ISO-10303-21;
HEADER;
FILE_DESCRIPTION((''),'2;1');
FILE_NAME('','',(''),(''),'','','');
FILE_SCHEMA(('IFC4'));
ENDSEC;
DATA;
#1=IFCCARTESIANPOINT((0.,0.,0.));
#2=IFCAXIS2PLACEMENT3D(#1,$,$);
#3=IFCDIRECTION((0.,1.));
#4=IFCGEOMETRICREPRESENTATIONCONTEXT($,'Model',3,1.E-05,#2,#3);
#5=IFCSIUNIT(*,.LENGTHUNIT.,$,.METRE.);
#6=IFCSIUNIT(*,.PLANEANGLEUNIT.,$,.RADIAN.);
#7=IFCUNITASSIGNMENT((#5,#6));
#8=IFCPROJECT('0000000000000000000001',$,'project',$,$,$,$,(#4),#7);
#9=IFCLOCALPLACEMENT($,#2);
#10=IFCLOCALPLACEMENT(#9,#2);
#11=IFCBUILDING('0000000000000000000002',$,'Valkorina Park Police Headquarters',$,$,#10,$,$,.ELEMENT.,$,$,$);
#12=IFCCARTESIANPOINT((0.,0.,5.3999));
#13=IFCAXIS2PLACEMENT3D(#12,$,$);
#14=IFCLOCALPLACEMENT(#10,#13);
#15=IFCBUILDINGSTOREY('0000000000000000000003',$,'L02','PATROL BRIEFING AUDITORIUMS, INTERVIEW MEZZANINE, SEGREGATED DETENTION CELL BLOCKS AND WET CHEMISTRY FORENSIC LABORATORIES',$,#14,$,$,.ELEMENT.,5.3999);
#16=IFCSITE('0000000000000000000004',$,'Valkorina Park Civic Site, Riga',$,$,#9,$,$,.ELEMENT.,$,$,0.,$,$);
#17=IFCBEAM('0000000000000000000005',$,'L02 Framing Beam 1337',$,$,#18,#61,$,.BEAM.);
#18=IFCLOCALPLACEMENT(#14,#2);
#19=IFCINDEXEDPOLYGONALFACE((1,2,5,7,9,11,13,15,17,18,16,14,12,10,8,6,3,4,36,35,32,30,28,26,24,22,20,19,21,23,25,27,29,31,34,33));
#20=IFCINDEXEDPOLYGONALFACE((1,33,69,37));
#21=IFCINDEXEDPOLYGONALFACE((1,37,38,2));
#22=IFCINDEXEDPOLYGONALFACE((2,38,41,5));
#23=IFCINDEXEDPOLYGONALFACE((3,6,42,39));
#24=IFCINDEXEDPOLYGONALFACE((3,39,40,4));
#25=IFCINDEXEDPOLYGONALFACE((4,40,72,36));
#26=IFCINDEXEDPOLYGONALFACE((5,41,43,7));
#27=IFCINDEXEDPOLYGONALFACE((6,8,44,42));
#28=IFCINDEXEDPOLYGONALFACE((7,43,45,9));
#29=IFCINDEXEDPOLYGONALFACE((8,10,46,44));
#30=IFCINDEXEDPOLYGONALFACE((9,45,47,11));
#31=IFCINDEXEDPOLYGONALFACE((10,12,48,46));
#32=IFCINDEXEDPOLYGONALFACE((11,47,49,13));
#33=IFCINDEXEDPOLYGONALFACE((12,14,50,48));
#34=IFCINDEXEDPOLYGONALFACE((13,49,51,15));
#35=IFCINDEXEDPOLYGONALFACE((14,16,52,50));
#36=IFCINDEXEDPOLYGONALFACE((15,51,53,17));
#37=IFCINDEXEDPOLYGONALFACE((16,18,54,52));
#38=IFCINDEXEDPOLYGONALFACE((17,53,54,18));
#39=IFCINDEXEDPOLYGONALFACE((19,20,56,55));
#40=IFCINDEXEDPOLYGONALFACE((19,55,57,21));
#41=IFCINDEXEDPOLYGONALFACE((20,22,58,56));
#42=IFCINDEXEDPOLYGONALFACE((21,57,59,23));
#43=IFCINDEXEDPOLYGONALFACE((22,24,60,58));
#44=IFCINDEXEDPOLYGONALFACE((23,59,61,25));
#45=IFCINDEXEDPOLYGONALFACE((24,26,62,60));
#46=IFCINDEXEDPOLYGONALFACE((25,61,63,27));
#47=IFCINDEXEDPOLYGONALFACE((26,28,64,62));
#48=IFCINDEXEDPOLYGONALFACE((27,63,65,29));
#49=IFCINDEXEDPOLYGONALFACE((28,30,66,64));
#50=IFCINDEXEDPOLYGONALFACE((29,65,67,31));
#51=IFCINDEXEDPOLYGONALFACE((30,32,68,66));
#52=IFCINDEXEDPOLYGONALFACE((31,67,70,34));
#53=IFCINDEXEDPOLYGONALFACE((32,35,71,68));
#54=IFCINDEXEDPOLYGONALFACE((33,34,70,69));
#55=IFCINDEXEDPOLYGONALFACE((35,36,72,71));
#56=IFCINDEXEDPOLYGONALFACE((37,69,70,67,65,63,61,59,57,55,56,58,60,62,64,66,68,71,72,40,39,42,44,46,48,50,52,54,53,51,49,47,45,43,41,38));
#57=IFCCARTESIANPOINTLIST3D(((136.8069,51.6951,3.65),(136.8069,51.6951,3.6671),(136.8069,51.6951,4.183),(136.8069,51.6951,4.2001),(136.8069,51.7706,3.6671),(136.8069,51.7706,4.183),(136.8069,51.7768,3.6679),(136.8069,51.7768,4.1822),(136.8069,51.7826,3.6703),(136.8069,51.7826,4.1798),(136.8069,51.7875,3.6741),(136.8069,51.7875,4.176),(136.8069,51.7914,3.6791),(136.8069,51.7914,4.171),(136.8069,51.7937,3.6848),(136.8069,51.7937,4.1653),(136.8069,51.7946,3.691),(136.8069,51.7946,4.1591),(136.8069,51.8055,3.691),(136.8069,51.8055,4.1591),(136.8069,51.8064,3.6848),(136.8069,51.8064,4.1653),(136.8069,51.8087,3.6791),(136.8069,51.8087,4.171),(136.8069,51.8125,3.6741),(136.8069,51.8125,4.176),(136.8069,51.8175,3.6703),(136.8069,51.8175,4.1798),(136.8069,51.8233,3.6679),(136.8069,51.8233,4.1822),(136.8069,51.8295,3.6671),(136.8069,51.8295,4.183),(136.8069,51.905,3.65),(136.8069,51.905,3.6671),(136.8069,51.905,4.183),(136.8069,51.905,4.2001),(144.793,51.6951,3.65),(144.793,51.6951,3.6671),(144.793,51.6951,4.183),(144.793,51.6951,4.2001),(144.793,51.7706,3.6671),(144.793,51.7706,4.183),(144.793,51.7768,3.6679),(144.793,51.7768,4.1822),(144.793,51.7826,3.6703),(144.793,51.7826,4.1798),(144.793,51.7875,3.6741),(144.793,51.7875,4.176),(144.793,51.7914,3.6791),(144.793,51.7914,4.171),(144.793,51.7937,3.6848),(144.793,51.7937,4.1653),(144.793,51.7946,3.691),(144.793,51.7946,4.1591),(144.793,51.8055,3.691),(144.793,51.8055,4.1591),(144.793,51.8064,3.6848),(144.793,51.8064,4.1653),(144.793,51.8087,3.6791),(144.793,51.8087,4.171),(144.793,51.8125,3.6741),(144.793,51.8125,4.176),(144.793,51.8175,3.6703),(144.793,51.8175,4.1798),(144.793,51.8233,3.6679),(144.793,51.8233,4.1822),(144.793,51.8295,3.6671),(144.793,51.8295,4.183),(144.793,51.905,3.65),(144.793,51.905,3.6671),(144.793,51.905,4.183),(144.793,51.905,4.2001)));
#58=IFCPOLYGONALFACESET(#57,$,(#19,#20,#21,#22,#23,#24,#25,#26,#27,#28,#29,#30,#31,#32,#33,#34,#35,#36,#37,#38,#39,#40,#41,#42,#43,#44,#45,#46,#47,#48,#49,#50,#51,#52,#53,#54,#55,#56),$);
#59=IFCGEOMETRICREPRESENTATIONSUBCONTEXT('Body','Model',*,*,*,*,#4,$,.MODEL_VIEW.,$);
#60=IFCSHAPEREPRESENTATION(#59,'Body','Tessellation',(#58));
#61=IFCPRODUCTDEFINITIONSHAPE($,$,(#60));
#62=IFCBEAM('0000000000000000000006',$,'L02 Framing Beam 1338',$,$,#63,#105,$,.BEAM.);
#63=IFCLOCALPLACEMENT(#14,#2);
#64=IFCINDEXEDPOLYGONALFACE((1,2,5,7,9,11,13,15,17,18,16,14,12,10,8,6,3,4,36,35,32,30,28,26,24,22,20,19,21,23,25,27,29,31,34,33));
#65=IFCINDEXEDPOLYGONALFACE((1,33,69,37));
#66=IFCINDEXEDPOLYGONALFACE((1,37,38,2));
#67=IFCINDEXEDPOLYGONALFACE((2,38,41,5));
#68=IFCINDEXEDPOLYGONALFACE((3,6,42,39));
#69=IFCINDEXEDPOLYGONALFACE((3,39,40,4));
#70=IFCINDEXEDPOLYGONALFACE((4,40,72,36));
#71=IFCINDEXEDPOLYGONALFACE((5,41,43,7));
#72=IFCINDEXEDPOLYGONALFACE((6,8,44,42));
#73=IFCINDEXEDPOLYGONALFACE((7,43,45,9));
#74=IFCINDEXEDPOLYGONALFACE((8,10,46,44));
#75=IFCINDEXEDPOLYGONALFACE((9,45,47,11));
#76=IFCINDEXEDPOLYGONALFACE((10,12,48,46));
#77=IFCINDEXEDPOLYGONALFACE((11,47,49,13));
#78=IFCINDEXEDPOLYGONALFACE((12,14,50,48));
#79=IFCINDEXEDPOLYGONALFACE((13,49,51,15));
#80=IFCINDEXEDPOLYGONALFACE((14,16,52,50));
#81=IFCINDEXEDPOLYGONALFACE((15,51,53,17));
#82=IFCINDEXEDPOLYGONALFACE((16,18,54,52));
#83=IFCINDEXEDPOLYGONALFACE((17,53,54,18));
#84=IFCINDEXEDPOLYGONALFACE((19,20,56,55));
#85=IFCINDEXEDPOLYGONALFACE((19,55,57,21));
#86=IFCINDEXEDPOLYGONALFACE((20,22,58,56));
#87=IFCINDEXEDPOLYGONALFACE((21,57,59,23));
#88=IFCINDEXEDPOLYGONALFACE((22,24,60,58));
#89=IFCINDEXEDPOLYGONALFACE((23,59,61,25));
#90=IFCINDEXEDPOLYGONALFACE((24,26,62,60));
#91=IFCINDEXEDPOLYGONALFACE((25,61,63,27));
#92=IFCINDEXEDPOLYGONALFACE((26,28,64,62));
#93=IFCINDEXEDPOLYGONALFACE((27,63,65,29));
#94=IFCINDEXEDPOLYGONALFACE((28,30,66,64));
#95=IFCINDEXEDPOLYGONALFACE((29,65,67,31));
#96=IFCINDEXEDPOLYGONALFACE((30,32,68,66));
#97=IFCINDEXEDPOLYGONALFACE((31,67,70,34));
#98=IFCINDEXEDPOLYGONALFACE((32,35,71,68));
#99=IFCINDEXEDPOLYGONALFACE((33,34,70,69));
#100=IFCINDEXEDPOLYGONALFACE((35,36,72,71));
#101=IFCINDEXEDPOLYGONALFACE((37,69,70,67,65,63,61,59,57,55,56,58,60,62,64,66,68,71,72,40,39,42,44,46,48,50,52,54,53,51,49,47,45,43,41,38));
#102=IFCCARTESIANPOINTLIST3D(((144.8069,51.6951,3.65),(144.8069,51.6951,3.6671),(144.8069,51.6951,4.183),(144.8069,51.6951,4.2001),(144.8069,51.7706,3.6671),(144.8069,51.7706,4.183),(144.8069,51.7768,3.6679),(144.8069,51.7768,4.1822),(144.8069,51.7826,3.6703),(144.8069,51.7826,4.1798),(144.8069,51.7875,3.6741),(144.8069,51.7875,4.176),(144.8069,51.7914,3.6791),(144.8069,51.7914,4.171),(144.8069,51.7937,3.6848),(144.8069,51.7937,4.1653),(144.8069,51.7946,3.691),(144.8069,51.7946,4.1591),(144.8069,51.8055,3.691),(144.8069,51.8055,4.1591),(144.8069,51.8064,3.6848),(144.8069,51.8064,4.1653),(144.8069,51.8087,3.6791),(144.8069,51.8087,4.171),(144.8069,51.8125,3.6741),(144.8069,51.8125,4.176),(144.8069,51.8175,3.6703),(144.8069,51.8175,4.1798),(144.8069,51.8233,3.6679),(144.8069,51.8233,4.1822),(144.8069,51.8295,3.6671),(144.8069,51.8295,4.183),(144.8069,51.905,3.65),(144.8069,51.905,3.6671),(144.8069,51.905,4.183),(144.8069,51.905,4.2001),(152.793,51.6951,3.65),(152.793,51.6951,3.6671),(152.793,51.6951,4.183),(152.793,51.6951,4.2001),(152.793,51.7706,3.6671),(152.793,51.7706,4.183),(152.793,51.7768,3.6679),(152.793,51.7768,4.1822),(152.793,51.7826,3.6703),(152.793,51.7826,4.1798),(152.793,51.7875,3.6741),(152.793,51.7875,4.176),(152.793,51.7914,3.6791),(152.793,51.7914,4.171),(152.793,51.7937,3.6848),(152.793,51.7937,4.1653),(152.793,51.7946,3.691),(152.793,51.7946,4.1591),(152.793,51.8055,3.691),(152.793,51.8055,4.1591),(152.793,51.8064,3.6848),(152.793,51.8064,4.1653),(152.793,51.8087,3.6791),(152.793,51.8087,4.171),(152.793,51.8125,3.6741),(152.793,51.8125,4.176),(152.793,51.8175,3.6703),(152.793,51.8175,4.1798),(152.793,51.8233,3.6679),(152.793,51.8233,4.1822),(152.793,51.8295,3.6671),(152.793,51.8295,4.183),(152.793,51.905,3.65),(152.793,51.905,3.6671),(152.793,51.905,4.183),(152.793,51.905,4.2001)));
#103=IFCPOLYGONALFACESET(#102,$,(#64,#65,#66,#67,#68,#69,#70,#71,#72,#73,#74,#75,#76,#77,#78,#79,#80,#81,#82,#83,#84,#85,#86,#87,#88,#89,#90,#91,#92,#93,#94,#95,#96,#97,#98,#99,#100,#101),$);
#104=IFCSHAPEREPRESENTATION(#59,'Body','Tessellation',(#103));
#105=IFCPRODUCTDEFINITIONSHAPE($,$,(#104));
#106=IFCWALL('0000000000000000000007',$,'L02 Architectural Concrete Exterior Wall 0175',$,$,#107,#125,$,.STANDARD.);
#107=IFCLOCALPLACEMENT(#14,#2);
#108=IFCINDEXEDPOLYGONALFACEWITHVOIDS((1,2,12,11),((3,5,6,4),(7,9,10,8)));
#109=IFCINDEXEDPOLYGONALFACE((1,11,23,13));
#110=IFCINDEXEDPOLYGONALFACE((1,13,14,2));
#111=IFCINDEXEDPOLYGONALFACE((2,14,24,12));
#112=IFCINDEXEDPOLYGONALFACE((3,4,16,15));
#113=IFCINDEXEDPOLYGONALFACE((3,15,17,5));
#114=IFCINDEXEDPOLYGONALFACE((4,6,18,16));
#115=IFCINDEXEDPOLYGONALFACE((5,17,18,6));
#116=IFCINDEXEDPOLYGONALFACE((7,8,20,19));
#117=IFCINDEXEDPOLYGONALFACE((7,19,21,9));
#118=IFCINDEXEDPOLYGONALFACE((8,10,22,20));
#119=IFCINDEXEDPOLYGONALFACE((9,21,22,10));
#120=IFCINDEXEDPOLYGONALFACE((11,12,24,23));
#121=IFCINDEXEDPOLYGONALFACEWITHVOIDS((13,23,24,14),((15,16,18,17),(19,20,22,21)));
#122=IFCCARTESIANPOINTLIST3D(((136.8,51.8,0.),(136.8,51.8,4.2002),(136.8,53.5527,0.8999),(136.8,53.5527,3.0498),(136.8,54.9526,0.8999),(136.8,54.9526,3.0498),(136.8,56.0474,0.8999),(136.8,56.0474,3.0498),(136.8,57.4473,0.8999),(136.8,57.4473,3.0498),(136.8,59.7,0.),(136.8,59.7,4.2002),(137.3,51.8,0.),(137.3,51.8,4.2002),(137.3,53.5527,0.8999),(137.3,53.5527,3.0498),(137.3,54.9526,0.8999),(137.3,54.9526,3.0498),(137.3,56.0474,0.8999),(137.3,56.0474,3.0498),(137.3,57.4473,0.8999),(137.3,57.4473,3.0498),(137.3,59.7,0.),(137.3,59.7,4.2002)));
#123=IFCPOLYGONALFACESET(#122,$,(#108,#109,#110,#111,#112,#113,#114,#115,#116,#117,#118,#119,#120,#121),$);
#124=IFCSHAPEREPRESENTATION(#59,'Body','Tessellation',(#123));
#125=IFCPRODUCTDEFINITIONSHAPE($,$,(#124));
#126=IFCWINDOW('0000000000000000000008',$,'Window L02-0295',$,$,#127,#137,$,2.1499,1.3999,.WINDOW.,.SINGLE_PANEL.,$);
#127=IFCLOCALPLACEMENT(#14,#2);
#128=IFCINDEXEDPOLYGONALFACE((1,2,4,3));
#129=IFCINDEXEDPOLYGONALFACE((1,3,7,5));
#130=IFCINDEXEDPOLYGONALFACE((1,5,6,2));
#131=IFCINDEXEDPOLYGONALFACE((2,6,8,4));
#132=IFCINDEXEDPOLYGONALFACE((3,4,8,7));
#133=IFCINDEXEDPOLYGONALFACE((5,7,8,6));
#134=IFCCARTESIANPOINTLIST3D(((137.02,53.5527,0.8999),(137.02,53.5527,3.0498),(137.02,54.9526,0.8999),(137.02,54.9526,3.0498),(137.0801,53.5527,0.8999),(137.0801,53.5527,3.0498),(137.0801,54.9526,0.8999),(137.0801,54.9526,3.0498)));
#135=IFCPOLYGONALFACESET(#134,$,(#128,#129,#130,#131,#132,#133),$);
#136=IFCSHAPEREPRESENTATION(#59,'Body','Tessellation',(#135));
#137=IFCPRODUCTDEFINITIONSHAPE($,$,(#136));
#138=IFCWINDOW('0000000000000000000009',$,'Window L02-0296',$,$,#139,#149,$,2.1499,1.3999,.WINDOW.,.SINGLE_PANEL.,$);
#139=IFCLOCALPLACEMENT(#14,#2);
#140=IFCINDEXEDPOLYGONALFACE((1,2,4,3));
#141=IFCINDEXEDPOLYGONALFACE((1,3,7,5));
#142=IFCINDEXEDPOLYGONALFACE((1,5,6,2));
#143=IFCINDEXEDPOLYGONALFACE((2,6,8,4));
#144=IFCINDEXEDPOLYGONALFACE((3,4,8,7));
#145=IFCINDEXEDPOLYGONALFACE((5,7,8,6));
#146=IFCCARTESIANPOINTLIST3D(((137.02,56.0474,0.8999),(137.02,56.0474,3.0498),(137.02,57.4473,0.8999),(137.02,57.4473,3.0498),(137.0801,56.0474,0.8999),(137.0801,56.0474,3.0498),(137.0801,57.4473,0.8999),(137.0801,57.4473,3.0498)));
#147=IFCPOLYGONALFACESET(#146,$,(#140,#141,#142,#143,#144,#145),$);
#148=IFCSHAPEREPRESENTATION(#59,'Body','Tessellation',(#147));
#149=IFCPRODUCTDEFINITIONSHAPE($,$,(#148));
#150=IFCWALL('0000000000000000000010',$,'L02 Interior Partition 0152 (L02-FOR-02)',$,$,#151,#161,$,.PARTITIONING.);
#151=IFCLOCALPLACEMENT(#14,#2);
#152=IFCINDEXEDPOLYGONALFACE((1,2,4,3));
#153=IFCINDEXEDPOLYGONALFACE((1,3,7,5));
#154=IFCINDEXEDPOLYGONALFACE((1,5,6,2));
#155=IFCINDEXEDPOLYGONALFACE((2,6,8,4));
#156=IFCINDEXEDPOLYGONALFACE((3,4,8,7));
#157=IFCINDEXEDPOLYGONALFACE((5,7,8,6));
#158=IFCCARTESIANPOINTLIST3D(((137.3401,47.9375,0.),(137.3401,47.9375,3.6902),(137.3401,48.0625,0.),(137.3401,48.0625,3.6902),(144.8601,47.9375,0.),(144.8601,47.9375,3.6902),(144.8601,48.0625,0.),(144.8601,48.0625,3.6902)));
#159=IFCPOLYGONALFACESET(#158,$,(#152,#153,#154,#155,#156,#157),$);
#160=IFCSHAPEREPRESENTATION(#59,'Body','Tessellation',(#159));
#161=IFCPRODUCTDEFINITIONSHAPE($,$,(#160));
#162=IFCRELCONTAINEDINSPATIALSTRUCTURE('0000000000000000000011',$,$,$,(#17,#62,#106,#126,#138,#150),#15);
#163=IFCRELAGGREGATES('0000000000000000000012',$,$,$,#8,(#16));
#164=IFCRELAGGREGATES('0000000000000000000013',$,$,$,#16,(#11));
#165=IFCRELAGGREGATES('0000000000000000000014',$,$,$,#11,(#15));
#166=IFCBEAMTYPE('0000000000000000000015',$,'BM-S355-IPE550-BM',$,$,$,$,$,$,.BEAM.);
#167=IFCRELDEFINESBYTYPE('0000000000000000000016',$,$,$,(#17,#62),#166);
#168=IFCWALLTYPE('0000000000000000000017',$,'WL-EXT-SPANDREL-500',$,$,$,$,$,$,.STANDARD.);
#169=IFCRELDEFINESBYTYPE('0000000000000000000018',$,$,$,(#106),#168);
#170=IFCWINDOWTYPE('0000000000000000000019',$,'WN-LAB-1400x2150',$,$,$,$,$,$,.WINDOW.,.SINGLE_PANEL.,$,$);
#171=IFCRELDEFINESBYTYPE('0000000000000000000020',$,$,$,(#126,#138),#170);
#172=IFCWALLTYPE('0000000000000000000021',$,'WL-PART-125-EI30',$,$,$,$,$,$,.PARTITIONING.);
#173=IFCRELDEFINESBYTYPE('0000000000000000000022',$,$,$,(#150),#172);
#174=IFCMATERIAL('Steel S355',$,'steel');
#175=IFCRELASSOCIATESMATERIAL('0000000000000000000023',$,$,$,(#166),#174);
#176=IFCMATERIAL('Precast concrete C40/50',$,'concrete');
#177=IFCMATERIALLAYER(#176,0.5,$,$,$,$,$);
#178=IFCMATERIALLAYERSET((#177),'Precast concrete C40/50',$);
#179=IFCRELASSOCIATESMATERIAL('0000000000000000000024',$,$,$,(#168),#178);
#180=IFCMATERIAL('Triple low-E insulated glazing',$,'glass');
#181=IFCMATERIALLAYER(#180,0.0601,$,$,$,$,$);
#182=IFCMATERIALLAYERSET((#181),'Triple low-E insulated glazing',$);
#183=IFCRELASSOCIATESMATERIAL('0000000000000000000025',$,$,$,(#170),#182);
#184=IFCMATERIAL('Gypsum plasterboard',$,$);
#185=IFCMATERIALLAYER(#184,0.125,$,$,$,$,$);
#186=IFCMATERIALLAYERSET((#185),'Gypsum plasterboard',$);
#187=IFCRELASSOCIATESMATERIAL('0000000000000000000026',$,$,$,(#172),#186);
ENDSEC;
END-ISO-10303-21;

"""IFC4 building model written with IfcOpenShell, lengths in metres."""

from ifc_helpers import new_model, si_unit, direction, frame, frame_2d, origin, origin_2d, place, context, subcontext, project, spatial, rectangle, i_section, extrude, material, layer, layer_set, material_profile, profile_set, type_object, element, fill, save


model = new_model("IFC4")

# Units and contexts
model_context = context("Model", 3, precision=1e-05, world=origin(), true_north=direction((0.0, 1.0)))
body_context = subcontext(model_context, "Body", "Model", "MODEL_VIEW")
ifc_project = project(units=[si_unit("LENGTHUNIT", "METRE"), si_unit("PLANEANGLEUNIT", "RADIAN")], contexts=[model_context])

# Site, building, storey
site_placement = place(None, origin())
site = spatial("IfcSite", under=ifc_project, at=site_placement, Name="Valkorina Park Civic Site, Riga", CompositionType="ELEMENT", RefElevation=0.0)
building_placement = place(site_placement, origin())
building = spatial("IfcBuilding", under=site, at=building_placement, Name="Valkorina Park Police Headquarters", CompositionType="ELEMENT")
storey_placement = place(building_placement, frame((0.0, 0.0, 5.3999)))
storey = spatial("IfcBuildingStorey", under=building, at=storey_placement, Name="L02", Description="PATROL BRIEFING AUDITORIUMS, INTERVIEW MEZZANINE, SEGREGATED DETENTION CELL BLOCKS AND WET CHEMISTRY FORENSIC LABORATORIES", CompositionType="ELEMENT", Elevation=5.3999)

# Shared definitions
ifc_material_1 = material(Name="Steel S355", Category="steel")

# Beams
ifc_material_profile_1 = material_profile(ifc_material_1, i_section(OverallWidth=0.21, OverallDepth=0.55, WebThickness=0.011, FlangeThickness=0.0171, FilletRadius=0.0239, at=origin_2d()), Name="IPE 550")
ifc_profile_set_1 = profile_set([ifc_material_profile_1], Name="Steel S355")
beam_type_1 = type_object("IfcBeamType", Name="BM-S355-IPE550-BM", PredefinedType="BEAM", material=ifc_profile_set_1)
for number, where, z_axis, x_axis, name in (
    (1, (136.8069, 51.8, 3.925), (1.0, 0.0, 0.0), (0.0, 1.0, 0.0), "L02 Framing Beam 1337"),
    (2, (144.8069, 51.8, 3.925), (1.0, 0.0, 0.0), (0.0, 1.0, 0.0), "L02 Framing Beam 1338"),
):
    element("IfcBeam", number, at=place(storey_placement, frame(where, z_axis=z_axis, x_axis=x_axis)), inside=storey, type_object=beam_type_1, Name=name, PredefinedType="BEAM", context=body_context, shape_type="SweptSolid", body=[
        extrude(i_section(OverallWidth=0.21, OverallDepth=0.55, WebThickness=0.011, FlangeThickness=0.0171, FilletRadius=0.0239, at=origin_2d()), origin(), (0.0, 0.0, 1.0), 7.9861),
    ])

# Wall, openings, windows
ifc_material_2 = material(Name="Precast concrete C40/50", Category="concrete")
ifc_layer_1 = layer(ifc_material_2, 0.5)
ifc_layer_set_1 = layer_set([ifc_layer_1], Name="Precast concrete C40/50")
wall_type_1 = type_object("IfcWallType", Name="WL-EXT-SPANDREL-500", PredefinedType="STANDARD", material=ifc_layer_set_1)
wall_1_placement = place(storey_placement, frame((137.05, 51.8, 0.0), z_axis=(0.0, 0.0, 1.0), x_axis=(0.0, 1.0, 0.0)))
wall_1 = element("IfcWall", 3, at=wall_1_placement, inside=storey, type_object=wall_type_1, Name="L02 Architectural Concrete Exterior Wall 0175", PredefinedType="STANDARD", context=body_context, shape_type="SweptSolid", body=[
    extrude(rectangle(XDim=7.8999, YDim=0.5, at=frame_2d((3.95, 0.0))), origin(), (0.0, 0.0, 1.0), 4.2002),
])
opening_1_placement = place(wall_1_placement, frame((1.7527, 0.0, 0.8999)))
opening_1 = element("IfcOpeningElement", 4, at=opening_1_placement, cuts=wall_1, PredefinedType="OPENING", context=body_context, shape_type="SweptSolid", body=[
    extrude(rectangle(XDim=1.3999, YDim=2.1499, at=frame_2d((0.7, 1.075))), frame((0.0, 0.26, 0.0), z_axis=(0.0, -1.0, 0.0), x_axis=(1.0, 0.0, 0.0)), (0.0, 0.0, 1.0), 0.52),
])
opening_2_placement = place(wall_1_placement, frame((4.2473, 0.0, 0.8999)))
opening_2 = element("IfcOpeningElement", 5, at=opening_2_placement, cuts=wall_1, PredefinedType="OPENING", context=body_context, shape_type="SweptSolid", body=[
    extrude(rectangle(XDim=1.3999, YDim=2.1499, at=frame_2d((0.7, 1.075))), frame((0.0, 0.26, 0.0), z_axis=(0.0, -1.0, 0.0), x_axis=(1.0, 0.0, 0.0)), (0.0, 0.0, 1.0), 0.52),
])
ifc_material_3 = material(Name="Triple low-E insulated glazing", Category="glass")
ifc_layer_2 = layer(ifc_material_3, 0.0601)
ifc_layer_set_2 = layer_set([ifc_layer_2], Name="Triple low-E insulated glazing")
window_type = type_object("IfcWindowType", Name="WN-LAB-1400x2150", PartitioningType="SINGLE_PANEL", PredefinedType="WINDOW", material=ifc_layer_set_2)
window_1_placement = place(opening_1_placement, origin())
window_1 = element("IfcWindow", 6, at=window_1_placement, inside=storey, type_object=window_type, Name="Window L02-0295", OverallHeight=2.1499, OverallWidth=1.3999, PartitioningType="SINGLE_PANEL", PredefinedType="WINDOW", context=body_context, shape_type="SweptSolid", body=[
    extrude(rectangle(XDim=1.3999, YDim=2.1499, at=frame_2d((0.7, 1.075))), frame((0.0, 0.03, 0.0), z_axis=(0.0, -1.0, 0.0), x_axis=(1.0, 0.0, 0.0)), (0.0, 0.0, 1.0), 0.0601),
])
fill(opening_1, window_1)
window_2_placement = place(opening_2_placement, origin())
window_2 = element("IfcWindow", 7, at=window_2_placement, inside=storey, type_object=window_type, Name="Window L02-0296", OverallHeight=2.1499, OverallWidth=1.3999, PartitioningType="SINGLE_PANEL", PredefinedType="WINDOW", context=body_context, shape_type="SweptSolid", body=[
    extrude(rectangle(XDim=1.3999, YDim=2.1499, at=frame_2d((0.7, 1.075))), frame((0.0, 0.03, 0.0), z_axis=(0.0, -1.0, 0.0), x_axis=(1.0, 0.0, 0.0)), (0.0, 0.0, 1.0), 0.0601),
])
fill(opening_2, window_2)

# Wall
ifc_material_4 = material(Name="Gypsum plasterboard")
ifc_layer_3 = layer(ifc_material_4, 0.125)
ifc_layer_set_3 = layer_set([ifc_layer_3], Name="Gypsum plasterboard")
wall_type_2 = type_object("IfcWallType", Name="WL-PART-125-EI30", PredefinedType="PARTITIONING", material=ifc_layer_set_3)
wall_2_placement = place(storey_placement, frame((137.3401, 48.0, 0.0), z_axis=(0.0, 0.0, 1.0), x_axis=(1.0, 0.0, 0.0)))
element("IfcWall", 8, at=wall_2_placement, inside=storey, type_object=wall_type_2, Name="L02 Interior Partition 0152 (L02-FOR-02)", PredefinedType="PARTITIONING", context=body_context, shape_type="SweptSolid", body=[
    extrude(rectangle(XDim=7.52, YDim=0.125, at=frame_2d((3.76, 0.0))), origin(), (0.0, 0.0, 1.0), 3.6902),
])

save(model, "model.ifc")
